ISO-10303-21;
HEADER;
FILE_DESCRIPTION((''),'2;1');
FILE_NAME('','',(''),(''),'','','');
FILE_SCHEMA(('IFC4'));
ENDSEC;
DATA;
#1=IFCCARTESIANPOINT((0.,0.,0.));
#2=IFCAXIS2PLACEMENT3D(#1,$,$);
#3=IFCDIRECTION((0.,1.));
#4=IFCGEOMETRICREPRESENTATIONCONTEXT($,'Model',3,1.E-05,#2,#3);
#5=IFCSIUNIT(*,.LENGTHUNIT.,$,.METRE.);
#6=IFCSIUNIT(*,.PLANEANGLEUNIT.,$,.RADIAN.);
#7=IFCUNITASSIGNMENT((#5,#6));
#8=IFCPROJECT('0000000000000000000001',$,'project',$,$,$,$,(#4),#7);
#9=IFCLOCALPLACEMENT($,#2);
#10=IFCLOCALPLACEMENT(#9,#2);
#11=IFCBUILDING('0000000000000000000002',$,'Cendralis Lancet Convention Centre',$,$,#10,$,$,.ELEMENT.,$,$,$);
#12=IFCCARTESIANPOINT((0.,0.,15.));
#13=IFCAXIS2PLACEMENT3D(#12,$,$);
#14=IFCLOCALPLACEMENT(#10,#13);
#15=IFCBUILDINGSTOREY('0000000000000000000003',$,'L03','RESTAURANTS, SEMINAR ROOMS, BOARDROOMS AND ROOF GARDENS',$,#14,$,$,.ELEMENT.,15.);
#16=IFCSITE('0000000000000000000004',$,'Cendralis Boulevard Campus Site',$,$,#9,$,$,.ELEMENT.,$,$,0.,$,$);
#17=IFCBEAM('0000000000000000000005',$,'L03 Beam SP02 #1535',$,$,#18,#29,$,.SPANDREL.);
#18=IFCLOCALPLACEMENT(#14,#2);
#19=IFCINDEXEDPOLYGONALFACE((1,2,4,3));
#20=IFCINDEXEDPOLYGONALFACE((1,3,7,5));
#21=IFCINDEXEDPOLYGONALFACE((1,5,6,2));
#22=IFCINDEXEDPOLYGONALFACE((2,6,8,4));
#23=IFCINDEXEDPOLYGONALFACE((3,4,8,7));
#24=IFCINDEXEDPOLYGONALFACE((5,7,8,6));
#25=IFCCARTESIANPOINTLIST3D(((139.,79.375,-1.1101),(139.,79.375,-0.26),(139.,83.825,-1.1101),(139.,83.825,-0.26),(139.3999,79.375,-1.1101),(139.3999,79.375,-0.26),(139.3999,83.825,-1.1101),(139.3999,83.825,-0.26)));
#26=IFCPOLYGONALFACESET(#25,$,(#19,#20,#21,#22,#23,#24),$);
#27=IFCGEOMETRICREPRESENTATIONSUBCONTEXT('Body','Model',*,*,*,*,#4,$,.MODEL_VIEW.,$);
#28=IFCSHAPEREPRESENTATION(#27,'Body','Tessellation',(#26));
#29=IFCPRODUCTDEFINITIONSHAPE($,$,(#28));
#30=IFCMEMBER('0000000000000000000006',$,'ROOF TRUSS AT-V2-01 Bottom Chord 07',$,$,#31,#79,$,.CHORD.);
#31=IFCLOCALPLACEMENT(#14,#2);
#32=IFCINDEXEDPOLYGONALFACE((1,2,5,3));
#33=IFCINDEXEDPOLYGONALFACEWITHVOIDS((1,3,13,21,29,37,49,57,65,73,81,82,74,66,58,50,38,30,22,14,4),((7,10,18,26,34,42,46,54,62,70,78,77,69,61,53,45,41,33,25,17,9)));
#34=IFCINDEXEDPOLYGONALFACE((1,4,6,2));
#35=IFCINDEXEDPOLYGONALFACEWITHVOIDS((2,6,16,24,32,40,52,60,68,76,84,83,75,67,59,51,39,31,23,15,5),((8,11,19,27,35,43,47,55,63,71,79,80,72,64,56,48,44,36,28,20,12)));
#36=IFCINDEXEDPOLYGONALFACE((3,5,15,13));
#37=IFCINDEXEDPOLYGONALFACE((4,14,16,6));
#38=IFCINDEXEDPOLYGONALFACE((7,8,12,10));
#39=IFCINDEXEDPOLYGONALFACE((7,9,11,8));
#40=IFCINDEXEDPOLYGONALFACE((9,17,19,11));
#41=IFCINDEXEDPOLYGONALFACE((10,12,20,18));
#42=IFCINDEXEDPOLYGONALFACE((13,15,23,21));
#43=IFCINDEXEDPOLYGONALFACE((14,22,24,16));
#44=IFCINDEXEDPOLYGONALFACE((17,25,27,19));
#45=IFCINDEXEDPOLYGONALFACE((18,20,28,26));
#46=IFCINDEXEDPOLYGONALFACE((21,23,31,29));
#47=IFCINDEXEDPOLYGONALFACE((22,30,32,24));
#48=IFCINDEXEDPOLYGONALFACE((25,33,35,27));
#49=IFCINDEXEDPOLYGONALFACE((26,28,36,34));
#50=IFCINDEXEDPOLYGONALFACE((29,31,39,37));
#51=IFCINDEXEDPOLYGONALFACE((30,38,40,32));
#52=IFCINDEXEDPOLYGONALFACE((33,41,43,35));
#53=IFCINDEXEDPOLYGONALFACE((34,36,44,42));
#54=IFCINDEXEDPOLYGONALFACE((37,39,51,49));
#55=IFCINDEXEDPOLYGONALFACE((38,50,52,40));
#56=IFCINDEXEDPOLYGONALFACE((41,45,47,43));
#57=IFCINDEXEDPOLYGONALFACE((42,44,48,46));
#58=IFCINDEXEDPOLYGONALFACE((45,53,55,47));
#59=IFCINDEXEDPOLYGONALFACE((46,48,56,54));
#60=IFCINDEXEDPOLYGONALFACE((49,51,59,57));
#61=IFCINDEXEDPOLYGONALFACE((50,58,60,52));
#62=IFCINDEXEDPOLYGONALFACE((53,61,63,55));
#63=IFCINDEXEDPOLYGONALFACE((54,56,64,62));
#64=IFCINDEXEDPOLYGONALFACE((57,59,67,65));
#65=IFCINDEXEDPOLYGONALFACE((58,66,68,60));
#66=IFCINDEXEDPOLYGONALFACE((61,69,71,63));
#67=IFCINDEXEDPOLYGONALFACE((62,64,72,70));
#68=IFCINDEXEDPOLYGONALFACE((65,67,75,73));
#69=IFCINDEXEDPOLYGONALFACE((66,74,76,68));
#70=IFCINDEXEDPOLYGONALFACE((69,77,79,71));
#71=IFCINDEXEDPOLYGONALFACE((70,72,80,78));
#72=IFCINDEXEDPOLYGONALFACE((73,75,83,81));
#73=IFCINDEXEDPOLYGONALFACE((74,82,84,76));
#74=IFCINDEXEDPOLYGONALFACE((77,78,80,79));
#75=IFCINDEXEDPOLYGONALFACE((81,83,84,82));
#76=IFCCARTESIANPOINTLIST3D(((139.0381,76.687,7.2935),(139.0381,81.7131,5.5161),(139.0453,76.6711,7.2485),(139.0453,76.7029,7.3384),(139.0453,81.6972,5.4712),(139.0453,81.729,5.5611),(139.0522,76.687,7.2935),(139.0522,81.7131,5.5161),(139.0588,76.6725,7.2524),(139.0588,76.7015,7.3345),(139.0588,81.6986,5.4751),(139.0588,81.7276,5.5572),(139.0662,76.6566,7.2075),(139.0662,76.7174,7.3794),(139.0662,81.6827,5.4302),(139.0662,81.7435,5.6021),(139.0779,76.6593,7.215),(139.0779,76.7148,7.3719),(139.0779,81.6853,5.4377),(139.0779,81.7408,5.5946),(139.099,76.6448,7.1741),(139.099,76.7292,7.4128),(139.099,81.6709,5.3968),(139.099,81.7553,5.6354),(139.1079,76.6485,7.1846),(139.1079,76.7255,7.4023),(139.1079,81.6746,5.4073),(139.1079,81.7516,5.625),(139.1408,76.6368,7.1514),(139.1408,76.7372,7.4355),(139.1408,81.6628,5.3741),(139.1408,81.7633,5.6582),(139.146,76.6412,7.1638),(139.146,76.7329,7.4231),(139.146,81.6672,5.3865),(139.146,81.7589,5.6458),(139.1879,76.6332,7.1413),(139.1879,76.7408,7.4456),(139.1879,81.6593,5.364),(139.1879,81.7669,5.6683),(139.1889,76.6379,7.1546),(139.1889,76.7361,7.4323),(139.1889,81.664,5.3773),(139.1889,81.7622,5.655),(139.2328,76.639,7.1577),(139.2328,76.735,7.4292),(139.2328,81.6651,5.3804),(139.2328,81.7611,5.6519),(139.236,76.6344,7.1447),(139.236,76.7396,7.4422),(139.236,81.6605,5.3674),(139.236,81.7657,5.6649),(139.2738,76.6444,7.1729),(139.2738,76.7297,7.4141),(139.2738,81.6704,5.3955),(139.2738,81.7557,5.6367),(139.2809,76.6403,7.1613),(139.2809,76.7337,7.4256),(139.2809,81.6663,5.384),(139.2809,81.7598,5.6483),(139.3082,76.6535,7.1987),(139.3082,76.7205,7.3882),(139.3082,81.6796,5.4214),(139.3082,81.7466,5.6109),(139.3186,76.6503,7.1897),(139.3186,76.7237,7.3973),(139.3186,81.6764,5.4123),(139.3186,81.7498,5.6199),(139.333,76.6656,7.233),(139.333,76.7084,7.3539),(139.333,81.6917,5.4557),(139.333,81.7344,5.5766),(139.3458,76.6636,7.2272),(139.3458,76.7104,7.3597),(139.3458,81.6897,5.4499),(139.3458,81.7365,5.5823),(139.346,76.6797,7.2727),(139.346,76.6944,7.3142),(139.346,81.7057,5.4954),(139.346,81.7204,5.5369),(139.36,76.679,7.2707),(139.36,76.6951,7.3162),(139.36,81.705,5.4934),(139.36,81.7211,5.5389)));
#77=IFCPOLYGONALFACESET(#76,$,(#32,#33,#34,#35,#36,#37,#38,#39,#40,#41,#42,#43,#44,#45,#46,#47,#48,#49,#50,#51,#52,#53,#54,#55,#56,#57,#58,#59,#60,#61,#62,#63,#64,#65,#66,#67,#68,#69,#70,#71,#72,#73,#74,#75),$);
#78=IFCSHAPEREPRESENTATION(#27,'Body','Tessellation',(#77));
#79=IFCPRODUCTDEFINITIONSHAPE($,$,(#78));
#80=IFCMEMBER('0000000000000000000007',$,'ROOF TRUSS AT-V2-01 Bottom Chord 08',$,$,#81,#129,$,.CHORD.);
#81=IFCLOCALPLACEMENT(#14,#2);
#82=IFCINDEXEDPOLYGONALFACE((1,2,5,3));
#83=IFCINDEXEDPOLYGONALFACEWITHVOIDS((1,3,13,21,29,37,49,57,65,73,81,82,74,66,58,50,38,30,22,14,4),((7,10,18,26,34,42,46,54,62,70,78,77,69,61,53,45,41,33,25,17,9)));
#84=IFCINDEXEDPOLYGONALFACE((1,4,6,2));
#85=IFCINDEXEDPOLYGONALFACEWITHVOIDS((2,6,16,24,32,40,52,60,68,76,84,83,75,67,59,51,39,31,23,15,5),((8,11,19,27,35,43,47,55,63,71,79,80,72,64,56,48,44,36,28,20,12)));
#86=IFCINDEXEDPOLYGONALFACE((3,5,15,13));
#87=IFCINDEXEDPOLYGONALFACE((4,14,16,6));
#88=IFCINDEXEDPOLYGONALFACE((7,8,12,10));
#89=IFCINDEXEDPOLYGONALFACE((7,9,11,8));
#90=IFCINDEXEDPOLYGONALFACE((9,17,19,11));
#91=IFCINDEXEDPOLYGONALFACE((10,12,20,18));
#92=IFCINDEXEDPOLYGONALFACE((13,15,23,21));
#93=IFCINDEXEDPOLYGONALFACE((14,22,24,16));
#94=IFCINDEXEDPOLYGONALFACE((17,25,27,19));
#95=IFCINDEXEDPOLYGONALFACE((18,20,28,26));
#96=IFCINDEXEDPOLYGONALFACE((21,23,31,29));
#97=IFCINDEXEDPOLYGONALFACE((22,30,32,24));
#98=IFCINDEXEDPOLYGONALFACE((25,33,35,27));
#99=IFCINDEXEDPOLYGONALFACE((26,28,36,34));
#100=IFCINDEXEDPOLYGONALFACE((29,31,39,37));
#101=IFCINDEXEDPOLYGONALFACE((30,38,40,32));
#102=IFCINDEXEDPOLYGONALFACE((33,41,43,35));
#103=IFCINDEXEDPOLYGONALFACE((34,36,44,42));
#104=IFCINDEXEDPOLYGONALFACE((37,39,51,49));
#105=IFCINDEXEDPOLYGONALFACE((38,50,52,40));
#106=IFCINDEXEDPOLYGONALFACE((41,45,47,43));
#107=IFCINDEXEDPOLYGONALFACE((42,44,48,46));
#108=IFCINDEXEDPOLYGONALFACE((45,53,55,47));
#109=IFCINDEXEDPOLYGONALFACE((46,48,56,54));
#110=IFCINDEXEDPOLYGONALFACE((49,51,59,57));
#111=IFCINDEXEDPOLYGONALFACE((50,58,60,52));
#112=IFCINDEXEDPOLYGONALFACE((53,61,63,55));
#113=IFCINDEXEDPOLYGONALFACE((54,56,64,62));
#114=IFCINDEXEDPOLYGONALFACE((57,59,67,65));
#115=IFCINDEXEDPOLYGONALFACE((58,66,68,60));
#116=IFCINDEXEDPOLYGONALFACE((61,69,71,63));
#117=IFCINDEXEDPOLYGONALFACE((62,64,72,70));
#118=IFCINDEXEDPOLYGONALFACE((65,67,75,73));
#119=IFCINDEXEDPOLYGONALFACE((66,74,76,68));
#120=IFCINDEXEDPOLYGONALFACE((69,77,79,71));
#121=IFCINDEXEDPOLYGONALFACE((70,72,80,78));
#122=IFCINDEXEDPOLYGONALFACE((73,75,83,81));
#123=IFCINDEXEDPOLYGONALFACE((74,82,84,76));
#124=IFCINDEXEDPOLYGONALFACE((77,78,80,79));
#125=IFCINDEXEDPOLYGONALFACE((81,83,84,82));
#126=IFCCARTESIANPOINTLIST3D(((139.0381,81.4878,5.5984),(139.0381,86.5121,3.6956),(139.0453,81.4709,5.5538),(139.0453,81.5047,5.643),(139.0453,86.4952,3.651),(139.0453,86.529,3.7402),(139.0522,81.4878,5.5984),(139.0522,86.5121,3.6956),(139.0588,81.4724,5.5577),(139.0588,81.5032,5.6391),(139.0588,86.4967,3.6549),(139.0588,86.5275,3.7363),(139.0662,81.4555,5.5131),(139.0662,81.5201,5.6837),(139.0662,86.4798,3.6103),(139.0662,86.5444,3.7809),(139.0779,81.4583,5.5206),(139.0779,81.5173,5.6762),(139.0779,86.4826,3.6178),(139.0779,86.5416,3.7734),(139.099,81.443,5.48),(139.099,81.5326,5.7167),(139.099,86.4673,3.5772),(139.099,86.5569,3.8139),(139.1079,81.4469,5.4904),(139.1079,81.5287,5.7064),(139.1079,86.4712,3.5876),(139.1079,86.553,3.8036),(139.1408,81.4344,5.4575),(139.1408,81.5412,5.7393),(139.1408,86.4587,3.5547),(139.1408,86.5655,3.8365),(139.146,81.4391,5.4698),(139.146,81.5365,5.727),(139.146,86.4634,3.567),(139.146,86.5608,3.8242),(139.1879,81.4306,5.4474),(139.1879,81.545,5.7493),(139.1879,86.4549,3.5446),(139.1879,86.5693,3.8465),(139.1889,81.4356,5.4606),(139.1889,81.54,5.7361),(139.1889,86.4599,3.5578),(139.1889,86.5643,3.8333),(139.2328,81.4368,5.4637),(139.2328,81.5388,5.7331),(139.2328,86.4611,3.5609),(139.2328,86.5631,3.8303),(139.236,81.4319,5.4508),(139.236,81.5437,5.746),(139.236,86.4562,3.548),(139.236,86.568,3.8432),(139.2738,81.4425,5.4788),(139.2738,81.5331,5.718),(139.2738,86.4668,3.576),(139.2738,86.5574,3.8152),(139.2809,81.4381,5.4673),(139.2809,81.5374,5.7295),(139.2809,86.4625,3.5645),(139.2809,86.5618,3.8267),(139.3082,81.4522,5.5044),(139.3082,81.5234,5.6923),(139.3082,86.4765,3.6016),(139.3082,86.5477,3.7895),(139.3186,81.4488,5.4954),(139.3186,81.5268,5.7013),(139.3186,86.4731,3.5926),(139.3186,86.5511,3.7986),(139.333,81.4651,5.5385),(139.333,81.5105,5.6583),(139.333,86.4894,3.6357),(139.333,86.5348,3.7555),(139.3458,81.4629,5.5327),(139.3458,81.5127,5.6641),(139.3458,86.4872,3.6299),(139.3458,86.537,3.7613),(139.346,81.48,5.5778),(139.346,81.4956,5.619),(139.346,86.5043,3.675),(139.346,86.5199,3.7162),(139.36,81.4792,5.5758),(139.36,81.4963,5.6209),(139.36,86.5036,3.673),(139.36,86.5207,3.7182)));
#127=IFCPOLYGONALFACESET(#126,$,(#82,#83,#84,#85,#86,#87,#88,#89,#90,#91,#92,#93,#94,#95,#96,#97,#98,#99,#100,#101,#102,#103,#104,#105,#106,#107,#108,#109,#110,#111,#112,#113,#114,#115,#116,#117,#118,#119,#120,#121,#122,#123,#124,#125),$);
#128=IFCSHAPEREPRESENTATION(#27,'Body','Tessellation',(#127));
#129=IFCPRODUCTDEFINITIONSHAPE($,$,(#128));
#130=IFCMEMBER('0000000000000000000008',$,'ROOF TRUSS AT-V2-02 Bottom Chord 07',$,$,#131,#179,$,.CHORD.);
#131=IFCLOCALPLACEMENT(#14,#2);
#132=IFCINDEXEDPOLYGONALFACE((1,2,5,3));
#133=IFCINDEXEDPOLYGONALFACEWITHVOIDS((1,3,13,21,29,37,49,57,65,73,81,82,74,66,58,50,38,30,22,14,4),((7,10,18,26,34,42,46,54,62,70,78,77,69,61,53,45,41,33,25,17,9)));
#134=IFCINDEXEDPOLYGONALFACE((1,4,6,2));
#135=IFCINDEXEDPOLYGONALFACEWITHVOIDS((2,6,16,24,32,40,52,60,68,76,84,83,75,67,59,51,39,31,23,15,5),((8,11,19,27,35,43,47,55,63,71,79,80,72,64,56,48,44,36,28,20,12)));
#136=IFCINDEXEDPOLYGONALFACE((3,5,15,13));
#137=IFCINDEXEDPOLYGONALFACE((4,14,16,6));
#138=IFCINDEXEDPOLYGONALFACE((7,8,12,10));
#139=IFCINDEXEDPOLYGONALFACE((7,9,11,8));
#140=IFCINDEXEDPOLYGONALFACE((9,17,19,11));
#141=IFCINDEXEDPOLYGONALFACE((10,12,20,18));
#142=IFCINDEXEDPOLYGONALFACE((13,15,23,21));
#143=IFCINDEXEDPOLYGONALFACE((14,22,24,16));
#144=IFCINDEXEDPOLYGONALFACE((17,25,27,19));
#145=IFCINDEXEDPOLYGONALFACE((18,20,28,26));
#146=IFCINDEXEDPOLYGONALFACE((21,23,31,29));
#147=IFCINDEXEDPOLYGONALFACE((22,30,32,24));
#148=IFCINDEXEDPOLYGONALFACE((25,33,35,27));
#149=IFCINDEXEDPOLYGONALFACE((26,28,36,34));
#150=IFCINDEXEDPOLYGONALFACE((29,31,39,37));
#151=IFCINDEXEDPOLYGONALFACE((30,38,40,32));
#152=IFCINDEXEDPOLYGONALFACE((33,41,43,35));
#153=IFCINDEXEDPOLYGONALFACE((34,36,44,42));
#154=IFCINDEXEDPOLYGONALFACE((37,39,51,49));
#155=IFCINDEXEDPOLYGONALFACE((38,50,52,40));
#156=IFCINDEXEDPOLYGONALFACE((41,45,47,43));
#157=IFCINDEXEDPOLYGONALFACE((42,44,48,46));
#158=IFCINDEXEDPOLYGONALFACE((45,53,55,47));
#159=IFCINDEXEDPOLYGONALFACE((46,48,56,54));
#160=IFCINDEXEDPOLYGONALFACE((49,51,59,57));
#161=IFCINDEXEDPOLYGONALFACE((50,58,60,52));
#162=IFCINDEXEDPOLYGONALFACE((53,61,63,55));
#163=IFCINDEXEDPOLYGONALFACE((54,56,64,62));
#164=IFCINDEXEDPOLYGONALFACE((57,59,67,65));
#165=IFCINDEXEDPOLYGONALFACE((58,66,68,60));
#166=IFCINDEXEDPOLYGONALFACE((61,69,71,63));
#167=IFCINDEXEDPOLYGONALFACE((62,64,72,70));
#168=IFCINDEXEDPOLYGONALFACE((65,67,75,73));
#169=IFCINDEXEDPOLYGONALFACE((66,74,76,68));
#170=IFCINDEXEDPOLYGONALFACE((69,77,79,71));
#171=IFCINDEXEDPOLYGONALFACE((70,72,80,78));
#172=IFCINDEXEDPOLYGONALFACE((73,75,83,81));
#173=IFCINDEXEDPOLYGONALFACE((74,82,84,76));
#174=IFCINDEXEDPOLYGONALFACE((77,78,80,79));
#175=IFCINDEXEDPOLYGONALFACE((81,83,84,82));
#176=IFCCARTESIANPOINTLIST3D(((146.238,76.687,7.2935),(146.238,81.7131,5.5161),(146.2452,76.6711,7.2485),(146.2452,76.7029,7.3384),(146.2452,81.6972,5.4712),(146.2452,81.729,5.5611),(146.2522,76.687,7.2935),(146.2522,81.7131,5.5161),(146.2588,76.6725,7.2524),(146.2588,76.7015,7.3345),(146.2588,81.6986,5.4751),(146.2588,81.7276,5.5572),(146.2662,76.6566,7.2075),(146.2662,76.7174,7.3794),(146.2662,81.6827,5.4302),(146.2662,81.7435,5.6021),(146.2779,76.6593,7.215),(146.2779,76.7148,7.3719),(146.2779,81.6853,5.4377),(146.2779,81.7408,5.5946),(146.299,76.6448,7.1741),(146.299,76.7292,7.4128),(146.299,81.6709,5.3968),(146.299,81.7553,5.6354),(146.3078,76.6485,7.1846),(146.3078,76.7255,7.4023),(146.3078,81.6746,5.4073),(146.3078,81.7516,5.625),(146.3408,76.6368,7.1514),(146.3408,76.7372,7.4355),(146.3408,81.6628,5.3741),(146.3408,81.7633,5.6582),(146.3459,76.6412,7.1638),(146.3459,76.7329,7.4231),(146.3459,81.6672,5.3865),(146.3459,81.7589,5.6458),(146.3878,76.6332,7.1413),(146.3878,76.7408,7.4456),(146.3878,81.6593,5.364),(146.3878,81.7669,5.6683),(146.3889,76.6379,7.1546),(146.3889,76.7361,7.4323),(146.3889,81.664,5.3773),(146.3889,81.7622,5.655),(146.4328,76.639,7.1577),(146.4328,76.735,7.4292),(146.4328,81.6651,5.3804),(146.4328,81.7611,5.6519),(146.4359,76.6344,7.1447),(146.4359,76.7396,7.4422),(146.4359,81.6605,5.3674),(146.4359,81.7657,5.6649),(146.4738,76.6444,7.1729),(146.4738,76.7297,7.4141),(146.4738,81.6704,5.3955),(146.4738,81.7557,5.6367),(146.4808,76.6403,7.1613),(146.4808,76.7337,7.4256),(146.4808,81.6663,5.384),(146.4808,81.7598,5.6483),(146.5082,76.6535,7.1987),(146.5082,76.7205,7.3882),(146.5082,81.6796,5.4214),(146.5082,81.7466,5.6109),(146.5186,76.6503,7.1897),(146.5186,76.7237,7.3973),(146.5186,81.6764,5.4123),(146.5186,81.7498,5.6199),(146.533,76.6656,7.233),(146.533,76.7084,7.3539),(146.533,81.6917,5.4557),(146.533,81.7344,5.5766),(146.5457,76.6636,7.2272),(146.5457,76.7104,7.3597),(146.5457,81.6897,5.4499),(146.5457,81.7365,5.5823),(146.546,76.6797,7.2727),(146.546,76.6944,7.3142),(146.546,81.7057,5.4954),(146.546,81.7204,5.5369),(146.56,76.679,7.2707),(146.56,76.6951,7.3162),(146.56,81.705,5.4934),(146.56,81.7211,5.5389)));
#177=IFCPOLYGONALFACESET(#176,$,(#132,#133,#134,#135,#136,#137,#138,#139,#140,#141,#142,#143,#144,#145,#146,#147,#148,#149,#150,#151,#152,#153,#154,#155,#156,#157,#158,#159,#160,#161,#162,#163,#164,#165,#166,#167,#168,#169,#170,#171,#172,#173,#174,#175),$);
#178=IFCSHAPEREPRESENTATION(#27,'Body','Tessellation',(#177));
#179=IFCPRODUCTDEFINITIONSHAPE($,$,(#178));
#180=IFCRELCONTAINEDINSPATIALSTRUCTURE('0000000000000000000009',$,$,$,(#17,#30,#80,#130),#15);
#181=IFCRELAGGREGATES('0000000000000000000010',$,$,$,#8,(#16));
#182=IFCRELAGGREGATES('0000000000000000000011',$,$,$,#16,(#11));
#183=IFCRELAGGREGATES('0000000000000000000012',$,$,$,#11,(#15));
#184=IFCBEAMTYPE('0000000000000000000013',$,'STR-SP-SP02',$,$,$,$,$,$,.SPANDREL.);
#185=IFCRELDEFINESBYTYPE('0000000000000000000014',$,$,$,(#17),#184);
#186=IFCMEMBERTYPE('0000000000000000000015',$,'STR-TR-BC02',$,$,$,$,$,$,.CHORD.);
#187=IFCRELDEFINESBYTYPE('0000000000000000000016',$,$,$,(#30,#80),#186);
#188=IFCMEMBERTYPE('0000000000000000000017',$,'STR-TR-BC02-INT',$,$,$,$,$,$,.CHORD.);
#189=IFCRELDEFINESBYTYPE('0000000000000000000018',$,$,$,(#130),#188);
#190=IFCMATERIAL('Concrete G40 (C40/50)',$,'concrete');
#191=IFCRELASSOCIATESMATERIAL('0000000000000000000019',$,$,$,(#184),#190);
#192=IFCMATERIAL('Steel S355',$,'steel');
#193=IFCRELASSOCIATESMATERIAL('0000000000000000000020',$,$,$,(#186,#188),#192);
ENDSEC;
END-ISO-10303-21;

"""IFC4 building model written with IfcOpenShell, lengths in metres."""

from ifc_helpers import new_model, si_unit, direction, frame, origin, origin_2d, place, context, subcontext, project, spatial, rectangle, hollow_circle, extrude, material, material_profile, profile_set, type_object, element, save


model = new_model("IFC4")

# Units and contexts
model_context = context("Model", 3, precision=1e-05, world=origin(), true_north=direction((0.0, 1.0)))
body_context = subcontext(model_context, "Body", "Model", "MODEL_VIEW")
ifc_project = project(units=[si_unit("LENGTHUNIT", "METRE"), si_unit("PLANEANGLEUNIT", "RADIAN")], contexts=[model_context])

# Site, building, storey
site_placement = place(None, origin())
site = spatial("IfcSite", under=ifc_project, at=site_placement, Name="Cendralis Boulevard Campus Site", CompositionType="ELEMENT", RefElevation=0.0)
building_placement = place(site_placement, origin())
building = spatial("IfcBuilding", under=site, at=building_placement, Name="Cendralis Lancet Convention Centre", CompositionType="ELEMENT")
storey_placement = place(building_placement, frame((0.0, 0.0, 15.0)))
storey = spatial("IfcBuildingStorey", under=building, at=storey_placement, Name="L03", Description="RESTAURANTS, SEMINAR ROOMS, BOARDROOMS AND ROOF GARDENS", CompositionType="ELEMENT", Elevation=15.0)

# Shared definitions
ifc_material_1 = material(Name="Steel S355", Category="steel")

# Shared definitions
ifc_material_2 = material(Name="Concrete G40 (C40/50)", Category="concrete")

# Beam
ifc_material_profile_1 = material_profile(ifc_material_2, rectangle(XDim=0.3999, YDim=0.8501, at=origin_2d()), Name="RCB 400x850")
ifc_profile_set_1 = profile_set([ifc_material_profile_1], Name="Concrete G40 (C40/50)")
beam_type_1 = type_object("IfcBeamType", Name="STR-SP-SP02", PredefinedType="SPANDREL", material=ifc_profile_set_1)
beam_1_placement = place(storey_placement, frame((139.2, 79.375, -0.6851), z_axis=(0.0, 1.0, 0.0), x_axis=(-1.0, 0.0, 0.0)))
element("IfcBeam", 1, at=beam_1_placement, inside=storey, type_object=beam_type_1, Name="L03 Beam SP02 #1535", PredefinedType="SPANDREL", context=body_context, shape_type="SweptSolid", body=[
    extrude(rectangle(XDim=0.3999, YDim=0.8501, at=origin_2d()), origin(), (0.0, 0.0, 1.0), 4.45),
])

# Members
ifc_material_profile_2 = material_profile(ifc_material_1, hollow_circle(Radius=0.1619, WallThickness=0.0142, at=origin_2d()), Name="CHS 323.9x14.2")
ifc_profile_set_2 = profile_set([ifc_material_profile_2], Name="Steel S355")
member_type_1 = type_object("IfcMemberType", Name="STR-TR-BC02", PredefinedType="CHORD", material=ifc_profile_set_2)
member_1_placement = place(storey_placement, frame((139.2, 76.687, 7.2935), z_axis=(0.0, 0.942789, -0.33339), x_axis=(-1.0, 0.0, 0.0)))
element("IfcMember", 2, at=member_1_placement, inside=storey, type_object=member_type_1, Name="ROOF TRUSS AT-V2-01 Bottom Chord 07", PredefinedType="CHORD", context=body_context, shape_type="SweptSolid", body=[
    extrude(hollow_circle(Radius=0.1619, WallThickness=0.0142, at=origin_2d()), origin(), (0.0, 0.0, 1.0), 5.3311),
])
member_2_placement = place(storey_placement, frame((139.2, 81.4878, 5.5984), z_axis=(0.0, 0.935181, -0.354169), x_axis=(-1.0, 0.0, 0.0)))
element("IfcMember", 3, at=member_2_placement, inside=storey, type_object=member_type_1, Name="ROOF TRUSS AT-V2-01 Bottom Chord 08", PredefinedType="CHORD", context=body_context, shape_type="SweptSolid", body=[
    extrude(hollow_circle(Radius=0.1619, WallThickness=0.0142, at=origin_2d()), origin(), (0.0, 0.0, 1.0), 5.3726),
])
ifc_material_profile_3 = material_profile(ifc_material_1, hollow_circle(Radius=0.1619, WallThickness=0.0142, at=origin_2d()), Name="CHS 323.9x14.2")
ifc_profile_set_3 = profile_set([ifc_material_profile_3], Name="Steel S355")
member_type_2 = type_object("IfcMemberType", Name="STR-TR-BC02-INT", PredefinedType="CHORD", material=ifc_profile_set_3)
member_3_placement = place(storey_placement, frame((146.3999, 76.687, 7.2935), z_axis=(0.0, 0.942789, -0.33339), x_axis=(-1.0, 0.0, 0.0)))
element("IfcMember", 4, at=member_3_placement, inside=storey, type_object=member_type_2, Name="ROOF TRUSS AT-V2-02 Bottom Chord 07", PredefinedType="CHORD", context=body_context, shape_type="SweptSolid", body=[
    extrude(hollow_circle(Radius=0.1619, WallThickness=0.0142, at=origin_2d()), origin(), (0.0, 0.0, 1.0), 5.3311),
])

save(model, "model.ifc")
